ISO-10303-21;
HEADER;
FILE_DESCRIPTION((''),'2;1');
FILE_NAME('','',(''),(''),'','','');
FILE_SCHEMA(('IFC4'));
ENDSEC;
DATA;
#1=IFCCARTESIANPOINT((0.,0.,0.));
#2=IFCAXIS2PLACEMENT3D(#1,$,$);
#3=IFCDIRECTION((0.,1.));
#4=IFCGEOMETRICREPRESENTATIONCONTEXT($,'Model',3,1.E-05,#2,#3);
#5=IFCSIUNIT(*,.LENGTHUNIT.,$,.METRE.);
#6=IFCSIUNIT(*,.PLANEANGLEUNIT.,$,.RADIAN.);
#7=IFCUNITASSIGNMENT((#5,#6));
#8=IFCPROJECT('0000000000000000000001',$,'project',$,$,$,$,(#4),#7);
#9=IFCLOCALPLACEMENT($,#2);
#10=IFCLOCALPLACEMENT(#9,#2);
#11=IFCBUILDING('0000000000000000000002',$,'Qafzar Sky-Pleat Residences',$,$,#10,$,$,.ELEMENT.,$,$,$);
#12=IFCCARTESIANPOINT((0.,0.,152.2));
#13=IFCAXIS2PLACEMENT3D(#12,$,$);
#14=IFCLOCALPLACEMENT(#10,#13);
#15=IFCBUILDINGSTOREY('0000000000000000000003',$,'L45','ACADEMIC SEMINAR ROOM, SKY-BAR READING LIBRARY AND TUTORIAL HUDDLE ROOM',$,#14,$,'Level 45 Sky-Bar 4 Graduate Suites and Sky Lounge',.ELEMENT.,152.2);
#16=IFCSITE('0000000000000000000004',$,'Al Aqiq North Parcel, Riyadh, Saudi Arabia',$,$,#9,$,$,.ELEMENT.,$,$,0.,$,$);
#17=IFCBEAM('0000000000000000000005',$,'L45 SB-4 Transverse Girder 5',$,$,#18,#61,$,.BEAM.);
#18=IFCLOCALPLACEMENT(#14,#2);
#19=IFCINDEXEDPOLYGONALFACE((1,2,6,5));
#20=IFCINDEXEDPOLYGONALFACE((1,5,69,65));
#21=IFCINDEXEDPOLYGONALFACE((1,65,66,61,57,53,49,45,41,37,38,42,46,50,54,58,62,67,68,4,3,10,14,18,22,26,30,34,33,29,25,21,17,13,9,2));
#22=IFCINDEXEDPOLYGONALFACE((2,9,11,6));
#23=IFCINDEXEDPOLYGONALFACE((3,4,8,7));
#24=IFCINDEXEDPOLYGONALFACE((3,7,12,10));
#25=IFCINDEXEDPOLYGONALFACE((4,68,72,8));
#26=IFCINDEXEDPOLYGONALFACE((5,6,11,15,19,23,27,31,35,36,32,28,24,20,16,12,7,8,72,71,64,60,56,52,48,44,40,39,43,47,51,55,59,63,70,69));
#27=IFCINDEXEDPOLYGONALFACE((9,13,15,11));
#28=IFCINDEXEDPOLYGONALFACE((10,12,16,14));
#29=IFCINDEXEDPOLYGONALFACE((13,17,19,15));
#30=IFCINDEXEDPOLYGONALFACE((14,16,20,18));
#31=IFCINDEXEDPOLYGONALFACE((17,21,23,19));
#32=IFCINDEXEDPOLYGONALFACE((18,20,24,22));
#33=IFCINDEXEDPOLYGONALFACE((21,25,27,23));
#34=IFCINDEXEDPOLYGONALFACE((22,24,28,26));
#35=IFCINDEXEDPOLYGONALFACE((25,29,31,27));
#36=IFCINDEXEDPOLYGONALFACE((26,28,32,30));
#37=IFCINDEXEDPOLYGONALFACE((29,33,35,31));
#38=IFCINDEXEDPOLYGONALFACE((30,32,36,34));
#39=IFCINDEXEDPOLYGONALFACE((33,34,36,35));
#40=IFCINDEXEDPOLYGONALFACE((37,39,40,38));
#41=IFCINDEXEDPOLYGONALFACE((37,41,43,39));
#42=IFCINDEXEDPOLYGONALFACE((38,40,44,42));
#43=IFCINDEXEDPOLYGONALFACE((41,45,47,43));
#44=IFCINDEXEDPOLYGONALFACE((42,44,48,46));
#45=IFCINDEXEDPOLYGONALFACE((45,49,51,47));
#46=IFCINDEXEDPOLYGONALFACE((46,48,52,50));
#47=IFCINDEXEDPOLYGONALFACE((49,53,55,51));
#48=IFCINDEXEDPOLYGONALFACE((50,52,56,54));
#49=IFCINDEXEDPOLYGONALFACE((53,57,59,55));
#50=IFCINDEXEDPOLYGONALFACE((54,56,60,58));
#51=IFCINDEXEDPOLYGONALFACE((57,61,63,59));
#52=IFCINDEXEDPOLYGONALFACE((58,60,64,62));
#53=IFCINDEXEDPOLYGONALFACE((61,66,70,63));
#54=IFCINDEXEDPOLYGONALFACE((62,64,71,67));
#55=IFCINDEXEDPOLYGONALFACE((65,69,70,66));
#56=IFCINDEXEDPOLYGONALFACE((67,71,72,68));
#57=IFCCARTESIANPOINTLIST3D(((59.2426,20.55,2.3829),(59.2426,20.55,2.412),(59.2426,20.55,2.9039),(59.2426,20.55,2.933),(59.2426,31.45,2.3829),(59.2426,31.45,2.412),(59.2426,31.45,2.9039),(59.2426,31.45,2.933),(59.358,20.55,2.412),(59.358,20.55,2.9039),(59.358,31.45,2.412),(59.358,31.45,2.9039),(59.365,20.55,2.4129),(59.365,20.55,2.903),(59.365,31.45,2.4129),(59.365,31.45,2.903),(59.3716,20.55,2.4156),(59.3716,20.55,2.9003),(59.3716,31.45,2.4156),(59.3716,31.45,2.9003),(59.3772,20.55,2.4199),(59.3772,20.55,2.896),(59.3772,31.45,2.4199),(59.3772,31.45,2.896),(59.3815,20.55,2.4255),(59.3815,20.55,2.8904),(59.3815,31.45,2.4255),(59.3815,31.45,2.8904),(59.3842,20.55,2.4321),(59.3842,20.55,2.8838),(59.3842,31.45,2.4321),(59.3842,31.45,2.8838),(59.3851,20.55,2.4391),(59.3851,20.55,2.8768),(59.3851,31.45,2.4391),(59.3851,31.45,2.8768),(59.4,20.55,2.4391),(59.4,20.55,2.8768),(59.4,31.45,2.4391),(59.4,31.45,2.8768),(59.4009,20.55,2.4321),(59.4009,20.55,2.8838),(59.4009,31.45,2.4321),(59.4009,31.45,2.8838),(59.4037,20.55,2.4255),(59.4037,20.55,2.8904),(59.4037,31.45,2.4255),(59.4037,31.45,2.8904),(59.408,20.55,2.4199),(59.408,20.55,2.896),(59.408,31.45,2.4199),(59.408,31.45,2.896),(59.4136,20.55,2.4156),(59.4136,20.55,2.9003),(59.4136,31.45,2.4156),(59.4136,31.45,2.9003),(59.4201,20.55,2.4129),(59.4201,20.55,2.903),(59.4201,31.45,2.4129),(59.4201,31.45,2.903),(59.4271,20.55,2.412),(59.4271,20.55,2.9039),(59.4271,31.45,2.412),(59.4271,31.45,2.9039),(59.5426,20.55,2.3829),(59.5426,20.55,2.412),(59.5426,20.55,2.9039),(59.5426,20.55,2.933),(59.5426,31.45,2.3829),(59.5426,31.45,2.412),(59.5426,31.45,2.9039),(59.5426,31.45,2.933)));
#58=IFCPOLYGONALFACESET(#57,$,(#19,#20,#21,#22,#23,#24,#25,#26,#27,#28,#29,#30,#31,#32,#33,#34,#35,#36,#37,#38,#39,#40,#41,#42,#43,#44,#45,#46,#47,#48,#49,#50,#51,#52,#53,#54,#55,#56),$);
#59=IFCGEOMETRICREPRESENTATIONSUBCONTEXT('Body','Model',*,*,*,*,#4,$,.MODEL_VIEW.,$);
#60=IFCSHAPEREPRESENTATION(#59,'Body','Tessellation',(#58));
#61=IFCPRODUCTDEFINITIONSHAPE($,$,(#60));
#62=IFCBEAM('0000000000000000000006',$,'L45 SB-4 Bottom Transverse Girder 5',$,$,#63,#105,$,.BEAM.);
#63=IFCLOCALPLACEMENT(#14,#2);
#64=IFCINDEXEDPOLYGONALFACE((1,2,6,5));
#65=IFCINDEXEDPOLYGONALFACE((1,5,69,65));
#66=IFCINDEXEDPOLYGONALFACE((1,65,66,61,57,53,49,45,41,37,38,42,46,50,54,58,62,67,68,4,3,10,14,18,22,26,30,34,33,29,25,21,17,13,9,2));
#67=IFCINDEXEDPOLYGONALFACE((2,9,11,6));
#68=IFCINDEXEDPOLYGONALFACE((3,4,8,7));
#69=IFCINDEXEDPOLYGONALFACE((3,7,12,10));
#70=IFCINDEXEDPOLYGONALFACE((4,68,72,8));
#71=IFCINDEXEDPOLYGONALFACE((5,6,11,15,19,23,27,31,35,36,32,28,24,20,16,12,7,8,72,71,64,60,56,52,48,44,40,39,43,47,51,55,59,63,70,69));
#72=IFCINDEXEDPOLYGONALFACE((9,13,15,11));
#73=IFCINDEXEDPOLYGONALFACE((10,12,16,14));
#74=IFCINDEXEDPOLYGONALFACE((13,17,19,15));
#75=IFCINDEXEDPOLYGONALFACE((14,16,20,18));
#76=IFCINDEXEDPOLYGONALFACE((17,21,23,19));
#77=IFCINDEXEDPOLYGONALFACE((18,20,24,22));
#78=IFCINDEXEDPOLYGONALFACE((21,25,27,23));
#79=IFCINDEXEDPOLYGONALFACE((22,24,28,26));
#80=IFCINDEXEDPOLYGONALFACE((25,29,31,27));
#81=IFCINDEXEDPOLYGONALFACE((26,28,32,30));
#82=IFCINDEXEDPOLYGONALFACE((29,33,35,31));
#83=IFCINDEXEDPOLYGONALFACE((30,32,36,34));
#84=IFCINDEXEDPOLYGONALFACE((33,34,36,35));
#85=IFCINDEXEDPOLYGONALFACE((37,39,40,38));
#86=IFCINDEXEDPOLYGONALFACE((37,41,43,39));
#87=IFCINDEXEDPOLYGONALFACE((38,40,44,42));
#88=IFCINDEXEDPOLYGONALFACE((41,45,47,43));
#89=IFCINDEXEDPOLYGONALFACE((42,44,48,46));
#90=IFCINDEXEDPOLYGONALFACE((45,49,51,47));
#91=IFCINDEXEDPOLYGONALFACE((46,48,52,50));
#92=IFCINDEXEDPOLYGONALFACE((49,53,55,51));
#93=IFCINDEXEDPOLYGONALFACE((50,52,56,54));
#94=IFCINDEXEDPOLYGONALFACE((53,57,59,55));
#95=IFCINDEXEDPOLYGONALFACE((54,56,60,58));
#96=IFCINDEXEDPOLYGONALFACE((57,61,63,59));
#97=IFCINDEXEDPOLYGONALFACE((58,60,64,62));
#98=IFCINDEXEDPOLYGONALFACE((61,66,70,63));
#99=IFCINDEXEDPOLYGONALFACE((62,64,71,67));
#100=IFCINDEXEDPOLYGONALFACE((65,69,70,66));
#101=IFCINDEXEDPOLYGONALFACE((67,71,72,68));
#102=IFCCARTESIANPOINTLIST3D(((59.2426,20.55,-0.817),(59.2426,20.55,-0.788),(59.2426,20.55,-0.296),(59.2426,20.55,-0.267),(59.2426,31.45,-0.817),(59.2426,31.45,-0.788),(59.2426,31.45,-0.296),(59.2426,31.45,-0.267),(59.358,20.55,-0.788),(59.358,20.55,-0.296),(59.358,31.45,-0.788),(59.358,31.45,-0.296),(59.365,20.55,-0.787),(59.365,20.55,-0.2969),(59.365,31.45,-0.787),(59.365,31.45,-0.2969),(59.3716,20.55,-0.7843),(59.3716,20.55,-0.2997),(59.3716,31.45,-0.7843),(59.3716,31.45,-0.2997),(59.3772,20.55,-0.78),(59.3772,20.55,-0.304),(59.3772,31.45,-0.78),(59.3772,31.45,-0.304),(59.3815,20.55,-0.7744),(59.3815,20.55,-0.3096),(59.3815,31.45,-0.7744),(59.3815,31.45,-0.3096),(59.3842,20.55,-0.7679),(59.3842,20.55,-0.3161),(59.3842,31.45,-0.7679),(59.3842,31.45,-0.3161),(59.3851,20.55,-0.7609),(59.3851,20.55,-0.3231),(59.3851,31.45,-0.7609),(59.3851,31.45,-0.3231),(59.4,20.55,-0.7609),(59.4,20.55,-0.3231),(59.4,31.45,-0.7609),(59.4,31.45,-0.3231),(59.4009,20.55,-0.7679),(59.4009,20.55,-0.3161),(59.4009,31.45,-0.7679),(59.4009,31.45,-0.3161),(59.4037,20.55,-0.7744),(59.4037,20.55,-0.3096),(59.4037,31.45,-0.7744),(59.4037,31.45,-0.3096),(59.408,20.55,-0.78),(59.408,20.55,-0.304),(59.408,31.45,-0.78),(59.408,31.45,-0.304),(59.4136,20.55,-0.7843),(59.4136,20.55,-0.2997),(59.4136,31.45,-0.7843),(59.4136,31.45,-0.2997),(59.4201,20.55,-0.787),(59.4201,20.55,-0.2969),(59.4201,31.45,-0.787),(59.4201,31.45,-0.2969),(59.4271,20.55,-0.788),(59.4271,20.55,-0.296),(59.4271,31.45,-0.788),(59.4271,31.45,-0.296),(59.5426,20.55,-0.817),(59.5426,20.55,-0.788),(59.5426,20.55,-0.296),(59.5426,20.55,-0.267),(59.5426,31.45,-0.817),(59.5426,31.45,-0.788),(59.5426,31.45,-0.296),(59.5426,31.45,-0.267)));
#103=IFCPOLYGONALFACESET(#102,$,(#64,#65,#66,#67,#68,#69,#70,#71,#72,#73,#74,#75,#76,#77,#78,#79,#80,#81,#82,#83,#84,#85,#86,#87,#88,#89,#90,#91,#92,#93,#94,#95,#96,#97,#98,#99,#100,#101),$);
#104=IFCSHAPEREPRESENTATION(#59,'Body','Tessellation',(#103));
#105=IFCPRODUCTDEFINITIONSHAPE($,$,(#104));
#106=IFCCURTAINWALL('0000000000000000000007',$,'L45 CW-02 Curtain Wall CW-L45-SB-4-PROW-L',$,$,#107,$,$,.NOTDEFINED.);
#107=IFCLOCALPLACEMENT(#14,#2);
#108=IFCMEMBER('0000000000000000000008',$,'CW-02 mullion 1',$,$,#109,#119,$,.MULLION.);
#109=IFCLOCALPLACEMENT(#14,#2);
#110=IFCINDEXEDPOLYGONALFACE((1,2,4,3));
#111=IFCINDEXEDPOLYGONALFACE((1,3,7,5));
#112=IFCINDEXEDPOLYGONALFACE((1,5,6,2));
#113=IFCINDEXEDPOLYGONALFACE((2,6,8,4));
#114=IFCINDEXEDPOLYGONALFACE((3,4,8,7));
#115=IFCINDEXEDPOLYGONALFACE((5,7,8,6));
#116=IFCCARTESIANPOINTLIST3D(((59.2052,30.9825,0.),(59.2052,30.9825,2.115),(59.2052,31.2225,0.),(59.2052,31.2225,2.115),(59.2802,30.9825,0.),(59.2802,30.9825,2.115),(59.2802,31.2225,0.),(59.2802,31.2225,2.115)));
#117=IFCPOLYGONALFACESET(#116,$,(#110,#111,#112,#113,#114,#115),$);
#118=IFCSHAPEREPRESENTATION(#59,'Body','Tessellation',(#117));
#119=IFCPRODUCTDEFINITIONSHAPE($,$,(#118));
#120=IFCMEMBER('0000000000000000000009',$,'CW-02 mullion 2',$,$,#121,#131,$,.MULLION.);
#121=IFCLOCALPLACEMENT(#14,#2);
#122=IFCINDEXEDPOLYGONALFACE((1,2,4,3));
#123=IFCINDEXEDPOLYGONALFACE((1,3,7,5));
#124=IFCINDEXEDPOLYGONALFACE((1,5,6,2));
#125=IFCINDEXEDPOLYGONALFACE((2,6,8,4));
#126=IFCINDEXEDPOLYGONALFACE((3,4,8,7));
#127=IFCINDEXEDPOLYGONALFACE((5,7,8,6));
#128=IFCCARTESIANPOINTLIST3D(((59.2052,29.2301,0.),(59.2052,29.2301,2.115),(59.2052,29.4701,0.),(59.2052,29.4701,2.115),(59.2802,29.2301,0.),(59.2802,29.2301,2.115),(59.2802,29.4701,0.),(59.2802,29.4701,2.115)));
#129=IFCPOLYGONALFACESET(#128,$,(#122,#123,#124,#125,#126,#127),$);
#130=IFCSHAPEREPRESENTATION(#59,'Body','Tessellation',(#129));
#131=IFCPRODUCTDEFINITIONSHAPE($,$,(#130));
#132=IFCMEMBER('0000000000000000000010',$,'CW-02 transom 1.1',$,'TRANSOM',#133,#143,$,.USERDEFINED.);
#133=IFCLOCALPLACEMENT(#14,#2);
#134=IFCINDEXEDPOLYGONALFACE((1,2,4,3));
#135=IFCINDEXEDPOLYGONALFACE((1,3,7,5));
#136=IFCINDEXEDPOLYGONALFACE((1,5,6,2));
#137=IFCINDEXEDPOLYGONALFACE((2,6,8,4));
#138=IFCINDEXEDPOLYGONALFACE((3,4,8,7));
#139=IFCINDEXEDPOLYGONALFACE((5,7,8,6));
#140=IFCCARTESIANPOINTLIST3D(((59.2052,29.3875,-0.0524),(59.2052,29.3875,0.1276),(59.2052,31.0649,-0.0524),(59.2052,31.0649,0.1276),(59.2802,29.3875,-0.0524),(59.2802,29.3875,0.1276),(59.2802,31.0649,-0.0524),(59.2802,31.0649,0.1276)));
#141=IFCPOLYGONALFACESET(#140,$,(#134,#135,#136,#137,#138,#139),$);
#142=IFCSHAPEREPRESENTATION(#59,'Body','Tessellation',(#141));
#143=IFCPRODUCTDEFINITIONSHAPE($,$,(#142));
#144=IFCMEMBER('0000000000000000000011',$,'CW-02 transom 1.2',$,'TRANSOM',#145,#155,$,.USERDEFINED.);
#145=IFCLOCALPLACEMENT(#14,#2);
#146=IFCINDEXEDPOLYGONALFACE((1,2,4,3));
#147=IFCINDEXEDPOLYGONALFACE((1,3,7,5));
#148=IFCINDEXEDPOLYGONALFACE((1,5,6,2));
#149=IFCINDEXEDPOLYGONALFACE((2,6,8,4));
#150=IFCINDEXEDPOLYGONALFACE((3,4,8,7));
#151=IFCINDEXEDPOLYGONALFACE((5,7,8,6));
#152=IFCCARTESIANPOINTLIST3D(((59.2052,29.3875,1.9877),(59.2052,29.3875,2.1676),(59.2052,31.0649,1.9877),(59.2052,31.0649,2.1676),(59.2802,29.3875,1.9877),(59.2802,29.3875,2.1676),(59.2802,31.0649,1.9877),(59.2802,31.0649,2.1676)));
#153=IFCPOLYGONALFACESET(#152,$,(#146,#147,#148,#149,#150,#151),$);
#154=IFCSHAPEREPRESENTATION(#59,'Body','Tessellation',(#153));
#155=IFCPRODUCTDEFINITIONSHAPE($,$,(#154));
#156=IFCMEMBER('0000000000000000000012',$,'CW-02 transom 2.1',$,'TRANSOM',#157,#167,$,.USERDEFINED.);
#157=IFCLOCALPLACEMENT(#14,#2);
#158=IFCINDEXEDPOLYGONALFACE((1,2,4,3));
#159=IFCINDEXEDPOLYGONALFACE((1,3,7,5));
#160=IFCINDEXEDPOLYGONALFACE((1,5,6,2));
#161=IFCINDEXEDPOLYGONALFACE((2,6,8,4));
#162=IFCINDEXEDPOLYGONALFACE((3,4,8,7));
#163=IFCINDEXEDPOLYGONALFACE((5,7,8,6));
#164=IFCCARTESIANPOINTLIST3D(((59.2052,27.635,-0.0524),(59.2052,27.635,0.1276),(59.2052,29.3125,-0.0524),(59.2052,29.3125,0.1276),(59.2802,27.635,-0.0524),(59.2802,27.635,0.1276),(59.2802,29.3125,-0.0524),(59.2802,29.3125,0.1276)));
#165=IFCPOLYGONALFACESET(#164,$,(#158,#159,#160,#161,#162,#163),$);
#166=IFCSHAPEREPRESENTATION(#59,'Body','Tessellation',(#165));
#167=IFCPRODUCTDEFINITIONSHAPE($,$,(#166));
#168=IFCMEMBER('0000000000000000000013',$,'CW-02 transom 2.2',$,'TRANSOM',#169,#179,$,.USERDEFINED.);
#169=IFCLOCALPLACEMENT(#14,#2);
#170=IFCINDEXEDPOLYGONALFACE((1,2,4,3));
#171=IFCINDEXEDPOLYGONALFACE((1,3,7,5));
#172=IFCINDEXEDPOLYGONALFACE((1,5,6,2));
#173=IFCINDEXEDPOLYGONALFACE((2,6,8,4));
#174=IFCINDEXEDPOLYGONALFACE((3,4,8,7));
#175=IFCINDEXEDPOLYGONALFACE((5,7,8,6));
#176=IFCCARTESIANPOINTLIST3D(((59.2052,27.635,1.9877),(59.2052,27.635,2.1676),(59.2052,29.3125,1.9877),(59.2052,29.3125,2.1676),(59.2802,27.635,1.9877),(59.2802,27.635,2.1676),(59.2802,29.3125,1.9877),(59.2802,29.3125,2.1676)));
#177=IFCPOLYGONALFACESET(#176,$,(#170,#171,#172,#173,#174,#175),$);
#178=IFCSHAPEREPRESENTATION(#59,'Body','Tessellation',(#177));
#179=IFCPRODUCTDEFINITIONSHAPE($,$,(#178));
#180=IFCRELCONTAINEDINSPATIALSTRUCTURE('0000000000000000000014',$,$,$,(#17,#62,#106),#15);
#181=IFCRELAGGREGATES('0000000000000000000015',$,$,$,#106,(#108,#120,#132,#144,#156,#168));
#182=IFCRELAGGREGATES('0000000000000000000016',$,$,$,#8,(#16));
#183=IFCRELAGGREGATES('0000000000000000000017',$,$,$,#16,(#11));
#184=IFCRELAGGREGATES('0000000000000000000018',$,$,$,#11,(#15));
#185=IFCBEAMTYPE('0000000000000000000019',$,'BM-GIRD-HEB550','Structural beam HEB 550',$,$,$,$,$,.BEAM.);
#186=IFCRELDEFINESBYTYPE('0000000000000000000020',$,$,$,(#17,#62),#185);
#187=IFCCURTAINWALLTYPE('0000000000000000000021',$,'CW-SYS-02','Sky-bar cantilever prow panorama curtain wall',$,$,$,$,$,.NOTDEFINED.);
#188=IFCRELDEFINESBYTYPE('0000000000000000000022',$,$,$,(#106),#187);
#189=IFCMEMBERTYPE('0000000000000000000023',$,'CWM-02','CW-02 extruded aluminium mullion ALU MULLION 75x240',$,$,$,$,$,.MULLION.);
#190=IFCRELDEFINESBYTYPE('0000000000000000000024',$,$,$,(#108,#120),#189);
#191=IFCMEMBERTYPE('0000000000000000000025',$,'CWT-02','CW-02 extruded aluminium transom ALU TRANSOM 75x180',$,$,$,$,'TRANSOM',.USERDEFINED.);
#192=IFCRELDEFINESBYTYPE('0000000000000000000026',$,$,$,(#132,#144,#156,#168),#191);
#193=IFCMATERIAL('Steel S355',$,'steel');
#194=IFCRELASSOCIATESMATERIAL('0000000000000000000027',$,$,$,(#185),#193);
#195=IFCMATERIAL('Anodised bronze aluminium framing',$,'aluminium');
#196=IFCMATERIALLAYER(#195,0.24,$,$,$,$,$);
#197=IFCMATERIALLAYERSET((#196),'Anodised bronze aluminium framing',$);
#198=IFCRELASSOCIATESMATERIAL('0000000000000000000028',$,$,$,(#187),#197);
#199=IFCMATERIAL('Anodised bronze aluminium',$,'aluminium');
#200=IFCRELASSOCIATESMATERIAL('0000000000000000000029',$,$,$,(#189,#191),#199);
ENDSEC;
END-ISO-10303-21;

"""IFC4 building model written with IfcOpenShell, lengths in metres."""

from ifc_helpers import new_model, si_unit, direction, frame, origin, origin_2d, place, context, subcontext, project, spatial, rectangle, i_section, extrude, source, transform, mapped, material, layer, layer_set, material_profile, profile_set, type_object, element, aggregate, save


model = new_model("IFC4")

# Units and contexts
model_context = context("Model", 3, precision=1e-05, world=origin(), true_north=direction((0.0, 1.0)))
body_context = subcontext(model_context, "Body", "Model", "MODEL_VIEW")
ifc_project = project(units=[si_unit("LENGTHUNIT", "METRE"), si_unit("PLANEANGLEUNIT", "RADIAN")], contexts=[model_context])

# Site, building, storey
site_placement = place(None, origin())
site = spatial("IfcSite", under=ifc_project, at=site_placement, Name="Al Aqiq North Parcel, Riyadh, Saudi Arabia", CompositionType="ELEMENT", RefElevation=0.0)
building_placement = place(site_placement, origin())
building = spatial("IfcBuilding", under=site, at=building_placement, Name="Qafzar Sky-Pleat Residences", CompositionType="ELEMENT")
storey_placement = place(building_placement, frame((0.0, 0.0, 152.2)))
storey = spatial("IfcBuildingStorey", under=building, at=storey_placement, Name="L45", Description="ACADEMIC SEMINAR ROOM, SKY-BAR READING LIBRARY AND TUTORIAL HUDDLE ROOM", LongName="Level 45 Sky-Bar 4 Graduate Suites and Sky Lounge", CompositionType="ELEMENT", Elevation=152.2)

# Beams
ifc_material_1 = material(Name="Steel S355", Category="steel")
ifc_material_profile_1 = material_profile(ifc_material_1, i_section(OverallWidth=0.3, OverallDepth=0.55, WebThickness=0.0149, FlangeThickness=0.0291, FilletRadius=0.0271, at=origin_2d()), Name="HEB 550")
ifc_profile_set_1 = profile_set([ifc_material_profile_1], Name="Steel S355")
beam_type_1 = type_object("IfcBeamType", Name="BM-GIRD-HEB550", Description="Structural beam HEB 550", PredefinedType="BEAM", material=ifc_profile_set_1)
shared_shape_1 = source(origin(), body_context, "Body", "SweptSolid", [
    extrude(i_section(OverallWidth=0.3, OverallDepth=0.55, WebThickness=0.0149, FlangeThickness=0.0291, FilletRadius=0.0271, at=origin_2d()), origin(), (0.0, 0.0, 1.0), 10.8999),
])
for number, where, z_axis, x_axis, name in (
    (1, (59.3926, 31.45, 2.658), (0.0, -1.0, 0.0), (1.0, 0.0, 0.0), "L45 SB-4 Transverse Girder 5"),
    (2, (59.3926, 31.45, -0.542), (0.0, -1.0, 0.0), (1.0, 0.0, 0.0), "L45 SB-4 Bottom Transverse Girder 5"),
):
    element("IfcBeam", number, at=place(storey_placement, frame(where, z_axis=z_axis, x_axis=x_axis)), inside=storey, type_object=beam_type_1, Name=name, PredefinedType="BEAM", context=body_context, shape_type="MappedRepresentation", body=[
        mapped(shared_shape_1, transform((0.0, 0.0, 0.0), x_axis=(1.0, 0.0, 0.0), y_axis=(0.0, 1.0, 0.0), z_axis=(0.0, 0.0, 1.0), scale=1.0)),
    ])

# Curtain wall, members
ifc_material_2 = material(Name="Anodised bronze aluminium framing", Category="aluminium")
ifc_layer_1 = layer(ifc_material_2, 0.24)
ifc_layer_set_1 = layer_set([ifc_layer_1], Name="Anodised bronze aluminium framing")
curtain_wall_type = type_object("IfcCurtainWallType", Name="CW-SYS-02", Description="Sky-bar cantilever prow panorama curtain wall", PredefinedType="NOTDEFINED", material=ifc_layer_set_1)
curtain_wall_placement = place(storey_placement, origin())
curtain_wall = element("IfcCurtainWall", 3, at=curtain_wall_placement, inside=storey, type_object=curtain_wall_type, Name="L45 CW-02 Curtain Wall CW-L45-SB-4-PROW-L", PredefinedType="NOTDEFINED")
ifc_material_3 = material(Name="Anodised bronze aluminium", Category="aluminium")
ifc_material_profile_2 = material_profile(ifc_material_3, rectangle(XDim=0.075, YDim=0.24, at=origin_2d()), Name="ALU MULLION 75x240")
ifc_profile_set_2 = profile_set([ifc_material_profile_2], Name="Anodised bronze aluminium")
member_type_1 = type_object("IfcMemberType", Name="CWM-02", Description="CW-02 extruded aluminium mullion ALU MULLION 75x240", PredefinedType="MULLION", material=ifc_profile_set_2)
shared_shape_2 = source(origin(), body_context, "Body", "SweptSolid", [
    extrude(rectangle(XDim=0.075, YDim=0.24, at=origin_2d()), origin(), (0.0, 0.0, 1.0), 2.115),
])
member_1_placement = place(storey_placement, frame((59.2427, 31.1025, 0.0), z_axis=(0.0, 0.0, 1.0), x_axis=(1.0, 0.0, 0.0)))
member_1 = element("IfcMember", 4, at=member_1_placement, type_object=member_type_1, Name="CW-02 mullion 1", PredefinedType="MULLION", context=body_context, shape_type="MappedRepresentation", body=[
    mapped(shared_shape_2, transform((0.0, 0.0, 0.0), x_axis=(1.0, 0.0, 0.0), y_axis=(0.0, 1.0, 0.0), z_axis=(0.0, 0.0, 1.0), scale=1.0)),
])
member_2_placement = place(storey_placement, frame((59.2427, 29.3501, 0.0), z_axis=(0.0, 0.0, 1.0), x_axis=(1.0, 0.0, 0.0)))
member_2 = element("IfcMember", 5, at=member_2_placement, type_object=member_type_1, Name="CW-02 mullion 2", PredefinedType="MULLION", context=body_context, shape_type="MappedRepresentation", body=[
    mapped(shared_shape_2, transform((0.0, 0.0, 0.0), x_axis=(1.0, 0.0, 0.0), y_axis=(0.0, 1.0, 0.0), z_axis=(0.0, 0.0, 1.0), scale=1.0)),
])
ifc_material_profile_3 = material_profile(ifc_material_3, rectangle(XDim=0.075, YDim=0.1799, at=origin_2d()), Name="ALU TRANSOM 75x180")
ifc_profile_set_3 = profile_set([ifc_material_profile_3], Name="Anodised bronze aluminium")
member_type_2 = type_object("IfcMemberType", Name="CWT-02", Description="CW-02 extruded aluminium transom ALU TRANSOM 75x180", ElementType="TRANSOM", PredefinedType="USERDEFINED", material=ifc_profile_set_3)
shared_shape_3 = source(origin(), body_context, "Body", "SweptSolid", [
    extrude(rectangle(XDim=0.075, YDim=0.1799, at=origin_2d()), origin(), (0.0, 0.0, 1.0), 1.6775),
])
member_3_placement = place(storey_placement, frame((59.2427, 31.0649, 0.0376), z_axis=(0.0, -1.0, 0.0), x_axis=(1.0, 0.0, 0.0)))
member_3 = element("IfcMember", 6, at=member_3_placement, type_object=member_type_2, Name="CW-02 transom 1.1", ObjectType="TRANSOM", PredefinedType="USERDEFINED", context=body_context, shape_type="MappedRepresentation", body=[
    mapped(shared_shape_3, transform((0.0, 0.0, 0.0), x_axis=(1.0, 0.0, 0.0), y_axis=(0.0, 1.0, 0.0), z_axis=(0.0, 0.0, 1.0), scale=1.0)),
])
member_4_placement = place(storey_placement, frame((59.2427, 31.0649, 2.0776), z_axis=(0.0, -1.0, 0.0), x_axis=(1.0, 0.0, 0.0)))
member_4 = element("IfcMember", 7, at=member_4_placement, type_object=member_type_2, Name="CW-02 transom 1.2", ObjectType="TRANSOM", PredefinedType="USERDEFINED", context=body_context, shape_type="MappedRepresentation", body=[
    mapped(shared_shape_3, transform((0.0, 0.0, 0.0), x_axis=(1.0, 0.0, 0.0), y_axis=(0.0, 1.0, 0.0), z_axis=(0.0, 0.0, 1.0), scale=1.0)),
])
member_5_placement = place(storey_placement, frame((59.2427, 29.3125, 0.0376), z_axis=(0.0, -1.0, 0.0), x_axis=(1.0, 0.0, 0.0)))
member_5 = element("IfcMember", 8, at=member_5_placement, type_object=member_type_2, Name="CW-02 transom 2.1", ObjectType="TRANSOM", PredefinedType="USERDEFINED", context=body_context, shape_type="MappedRepresentation", body=[
    mapped(shared_shape_3, transform((0.0, 0.0, 0.0), x_axis=(1.0, 0.0, 0.0), y_axis=(0.0, 1.0, 0.0), z_axis=(0.0, 0.0, 1.0), scale=1.0)),
])
member_6_placement = place(storey_placement, frame((59.2427, 29.3125, 2.0776), z_axis=(0.0, -1.0, 0.0), x_axis=(1.0, 0.0, 0.0)))
member_6 = element("IfcMember", 9, at=member_6_placement, type_object=member_type_2, Name="CW-02 transom 2.2", ObjectType="TRANSOM", PredefinedType="USERDEFINED", context=body_context, shape_type="MappedRepresentation", body=[
    mapped(shared_shape_3, transform((0.0, 0.0, 0.0), x_axis=(1.0, 0.0, 0.0), y_axis=(0.0, 1.0, 0.0), z_axis=(0.0, 0.0, 1.0), scale=1.0)),
])

aggregate(curtain_wall, [member_1, member_2, member_3, member_4, member_5, member_6])

save(model, "model.ifc")
